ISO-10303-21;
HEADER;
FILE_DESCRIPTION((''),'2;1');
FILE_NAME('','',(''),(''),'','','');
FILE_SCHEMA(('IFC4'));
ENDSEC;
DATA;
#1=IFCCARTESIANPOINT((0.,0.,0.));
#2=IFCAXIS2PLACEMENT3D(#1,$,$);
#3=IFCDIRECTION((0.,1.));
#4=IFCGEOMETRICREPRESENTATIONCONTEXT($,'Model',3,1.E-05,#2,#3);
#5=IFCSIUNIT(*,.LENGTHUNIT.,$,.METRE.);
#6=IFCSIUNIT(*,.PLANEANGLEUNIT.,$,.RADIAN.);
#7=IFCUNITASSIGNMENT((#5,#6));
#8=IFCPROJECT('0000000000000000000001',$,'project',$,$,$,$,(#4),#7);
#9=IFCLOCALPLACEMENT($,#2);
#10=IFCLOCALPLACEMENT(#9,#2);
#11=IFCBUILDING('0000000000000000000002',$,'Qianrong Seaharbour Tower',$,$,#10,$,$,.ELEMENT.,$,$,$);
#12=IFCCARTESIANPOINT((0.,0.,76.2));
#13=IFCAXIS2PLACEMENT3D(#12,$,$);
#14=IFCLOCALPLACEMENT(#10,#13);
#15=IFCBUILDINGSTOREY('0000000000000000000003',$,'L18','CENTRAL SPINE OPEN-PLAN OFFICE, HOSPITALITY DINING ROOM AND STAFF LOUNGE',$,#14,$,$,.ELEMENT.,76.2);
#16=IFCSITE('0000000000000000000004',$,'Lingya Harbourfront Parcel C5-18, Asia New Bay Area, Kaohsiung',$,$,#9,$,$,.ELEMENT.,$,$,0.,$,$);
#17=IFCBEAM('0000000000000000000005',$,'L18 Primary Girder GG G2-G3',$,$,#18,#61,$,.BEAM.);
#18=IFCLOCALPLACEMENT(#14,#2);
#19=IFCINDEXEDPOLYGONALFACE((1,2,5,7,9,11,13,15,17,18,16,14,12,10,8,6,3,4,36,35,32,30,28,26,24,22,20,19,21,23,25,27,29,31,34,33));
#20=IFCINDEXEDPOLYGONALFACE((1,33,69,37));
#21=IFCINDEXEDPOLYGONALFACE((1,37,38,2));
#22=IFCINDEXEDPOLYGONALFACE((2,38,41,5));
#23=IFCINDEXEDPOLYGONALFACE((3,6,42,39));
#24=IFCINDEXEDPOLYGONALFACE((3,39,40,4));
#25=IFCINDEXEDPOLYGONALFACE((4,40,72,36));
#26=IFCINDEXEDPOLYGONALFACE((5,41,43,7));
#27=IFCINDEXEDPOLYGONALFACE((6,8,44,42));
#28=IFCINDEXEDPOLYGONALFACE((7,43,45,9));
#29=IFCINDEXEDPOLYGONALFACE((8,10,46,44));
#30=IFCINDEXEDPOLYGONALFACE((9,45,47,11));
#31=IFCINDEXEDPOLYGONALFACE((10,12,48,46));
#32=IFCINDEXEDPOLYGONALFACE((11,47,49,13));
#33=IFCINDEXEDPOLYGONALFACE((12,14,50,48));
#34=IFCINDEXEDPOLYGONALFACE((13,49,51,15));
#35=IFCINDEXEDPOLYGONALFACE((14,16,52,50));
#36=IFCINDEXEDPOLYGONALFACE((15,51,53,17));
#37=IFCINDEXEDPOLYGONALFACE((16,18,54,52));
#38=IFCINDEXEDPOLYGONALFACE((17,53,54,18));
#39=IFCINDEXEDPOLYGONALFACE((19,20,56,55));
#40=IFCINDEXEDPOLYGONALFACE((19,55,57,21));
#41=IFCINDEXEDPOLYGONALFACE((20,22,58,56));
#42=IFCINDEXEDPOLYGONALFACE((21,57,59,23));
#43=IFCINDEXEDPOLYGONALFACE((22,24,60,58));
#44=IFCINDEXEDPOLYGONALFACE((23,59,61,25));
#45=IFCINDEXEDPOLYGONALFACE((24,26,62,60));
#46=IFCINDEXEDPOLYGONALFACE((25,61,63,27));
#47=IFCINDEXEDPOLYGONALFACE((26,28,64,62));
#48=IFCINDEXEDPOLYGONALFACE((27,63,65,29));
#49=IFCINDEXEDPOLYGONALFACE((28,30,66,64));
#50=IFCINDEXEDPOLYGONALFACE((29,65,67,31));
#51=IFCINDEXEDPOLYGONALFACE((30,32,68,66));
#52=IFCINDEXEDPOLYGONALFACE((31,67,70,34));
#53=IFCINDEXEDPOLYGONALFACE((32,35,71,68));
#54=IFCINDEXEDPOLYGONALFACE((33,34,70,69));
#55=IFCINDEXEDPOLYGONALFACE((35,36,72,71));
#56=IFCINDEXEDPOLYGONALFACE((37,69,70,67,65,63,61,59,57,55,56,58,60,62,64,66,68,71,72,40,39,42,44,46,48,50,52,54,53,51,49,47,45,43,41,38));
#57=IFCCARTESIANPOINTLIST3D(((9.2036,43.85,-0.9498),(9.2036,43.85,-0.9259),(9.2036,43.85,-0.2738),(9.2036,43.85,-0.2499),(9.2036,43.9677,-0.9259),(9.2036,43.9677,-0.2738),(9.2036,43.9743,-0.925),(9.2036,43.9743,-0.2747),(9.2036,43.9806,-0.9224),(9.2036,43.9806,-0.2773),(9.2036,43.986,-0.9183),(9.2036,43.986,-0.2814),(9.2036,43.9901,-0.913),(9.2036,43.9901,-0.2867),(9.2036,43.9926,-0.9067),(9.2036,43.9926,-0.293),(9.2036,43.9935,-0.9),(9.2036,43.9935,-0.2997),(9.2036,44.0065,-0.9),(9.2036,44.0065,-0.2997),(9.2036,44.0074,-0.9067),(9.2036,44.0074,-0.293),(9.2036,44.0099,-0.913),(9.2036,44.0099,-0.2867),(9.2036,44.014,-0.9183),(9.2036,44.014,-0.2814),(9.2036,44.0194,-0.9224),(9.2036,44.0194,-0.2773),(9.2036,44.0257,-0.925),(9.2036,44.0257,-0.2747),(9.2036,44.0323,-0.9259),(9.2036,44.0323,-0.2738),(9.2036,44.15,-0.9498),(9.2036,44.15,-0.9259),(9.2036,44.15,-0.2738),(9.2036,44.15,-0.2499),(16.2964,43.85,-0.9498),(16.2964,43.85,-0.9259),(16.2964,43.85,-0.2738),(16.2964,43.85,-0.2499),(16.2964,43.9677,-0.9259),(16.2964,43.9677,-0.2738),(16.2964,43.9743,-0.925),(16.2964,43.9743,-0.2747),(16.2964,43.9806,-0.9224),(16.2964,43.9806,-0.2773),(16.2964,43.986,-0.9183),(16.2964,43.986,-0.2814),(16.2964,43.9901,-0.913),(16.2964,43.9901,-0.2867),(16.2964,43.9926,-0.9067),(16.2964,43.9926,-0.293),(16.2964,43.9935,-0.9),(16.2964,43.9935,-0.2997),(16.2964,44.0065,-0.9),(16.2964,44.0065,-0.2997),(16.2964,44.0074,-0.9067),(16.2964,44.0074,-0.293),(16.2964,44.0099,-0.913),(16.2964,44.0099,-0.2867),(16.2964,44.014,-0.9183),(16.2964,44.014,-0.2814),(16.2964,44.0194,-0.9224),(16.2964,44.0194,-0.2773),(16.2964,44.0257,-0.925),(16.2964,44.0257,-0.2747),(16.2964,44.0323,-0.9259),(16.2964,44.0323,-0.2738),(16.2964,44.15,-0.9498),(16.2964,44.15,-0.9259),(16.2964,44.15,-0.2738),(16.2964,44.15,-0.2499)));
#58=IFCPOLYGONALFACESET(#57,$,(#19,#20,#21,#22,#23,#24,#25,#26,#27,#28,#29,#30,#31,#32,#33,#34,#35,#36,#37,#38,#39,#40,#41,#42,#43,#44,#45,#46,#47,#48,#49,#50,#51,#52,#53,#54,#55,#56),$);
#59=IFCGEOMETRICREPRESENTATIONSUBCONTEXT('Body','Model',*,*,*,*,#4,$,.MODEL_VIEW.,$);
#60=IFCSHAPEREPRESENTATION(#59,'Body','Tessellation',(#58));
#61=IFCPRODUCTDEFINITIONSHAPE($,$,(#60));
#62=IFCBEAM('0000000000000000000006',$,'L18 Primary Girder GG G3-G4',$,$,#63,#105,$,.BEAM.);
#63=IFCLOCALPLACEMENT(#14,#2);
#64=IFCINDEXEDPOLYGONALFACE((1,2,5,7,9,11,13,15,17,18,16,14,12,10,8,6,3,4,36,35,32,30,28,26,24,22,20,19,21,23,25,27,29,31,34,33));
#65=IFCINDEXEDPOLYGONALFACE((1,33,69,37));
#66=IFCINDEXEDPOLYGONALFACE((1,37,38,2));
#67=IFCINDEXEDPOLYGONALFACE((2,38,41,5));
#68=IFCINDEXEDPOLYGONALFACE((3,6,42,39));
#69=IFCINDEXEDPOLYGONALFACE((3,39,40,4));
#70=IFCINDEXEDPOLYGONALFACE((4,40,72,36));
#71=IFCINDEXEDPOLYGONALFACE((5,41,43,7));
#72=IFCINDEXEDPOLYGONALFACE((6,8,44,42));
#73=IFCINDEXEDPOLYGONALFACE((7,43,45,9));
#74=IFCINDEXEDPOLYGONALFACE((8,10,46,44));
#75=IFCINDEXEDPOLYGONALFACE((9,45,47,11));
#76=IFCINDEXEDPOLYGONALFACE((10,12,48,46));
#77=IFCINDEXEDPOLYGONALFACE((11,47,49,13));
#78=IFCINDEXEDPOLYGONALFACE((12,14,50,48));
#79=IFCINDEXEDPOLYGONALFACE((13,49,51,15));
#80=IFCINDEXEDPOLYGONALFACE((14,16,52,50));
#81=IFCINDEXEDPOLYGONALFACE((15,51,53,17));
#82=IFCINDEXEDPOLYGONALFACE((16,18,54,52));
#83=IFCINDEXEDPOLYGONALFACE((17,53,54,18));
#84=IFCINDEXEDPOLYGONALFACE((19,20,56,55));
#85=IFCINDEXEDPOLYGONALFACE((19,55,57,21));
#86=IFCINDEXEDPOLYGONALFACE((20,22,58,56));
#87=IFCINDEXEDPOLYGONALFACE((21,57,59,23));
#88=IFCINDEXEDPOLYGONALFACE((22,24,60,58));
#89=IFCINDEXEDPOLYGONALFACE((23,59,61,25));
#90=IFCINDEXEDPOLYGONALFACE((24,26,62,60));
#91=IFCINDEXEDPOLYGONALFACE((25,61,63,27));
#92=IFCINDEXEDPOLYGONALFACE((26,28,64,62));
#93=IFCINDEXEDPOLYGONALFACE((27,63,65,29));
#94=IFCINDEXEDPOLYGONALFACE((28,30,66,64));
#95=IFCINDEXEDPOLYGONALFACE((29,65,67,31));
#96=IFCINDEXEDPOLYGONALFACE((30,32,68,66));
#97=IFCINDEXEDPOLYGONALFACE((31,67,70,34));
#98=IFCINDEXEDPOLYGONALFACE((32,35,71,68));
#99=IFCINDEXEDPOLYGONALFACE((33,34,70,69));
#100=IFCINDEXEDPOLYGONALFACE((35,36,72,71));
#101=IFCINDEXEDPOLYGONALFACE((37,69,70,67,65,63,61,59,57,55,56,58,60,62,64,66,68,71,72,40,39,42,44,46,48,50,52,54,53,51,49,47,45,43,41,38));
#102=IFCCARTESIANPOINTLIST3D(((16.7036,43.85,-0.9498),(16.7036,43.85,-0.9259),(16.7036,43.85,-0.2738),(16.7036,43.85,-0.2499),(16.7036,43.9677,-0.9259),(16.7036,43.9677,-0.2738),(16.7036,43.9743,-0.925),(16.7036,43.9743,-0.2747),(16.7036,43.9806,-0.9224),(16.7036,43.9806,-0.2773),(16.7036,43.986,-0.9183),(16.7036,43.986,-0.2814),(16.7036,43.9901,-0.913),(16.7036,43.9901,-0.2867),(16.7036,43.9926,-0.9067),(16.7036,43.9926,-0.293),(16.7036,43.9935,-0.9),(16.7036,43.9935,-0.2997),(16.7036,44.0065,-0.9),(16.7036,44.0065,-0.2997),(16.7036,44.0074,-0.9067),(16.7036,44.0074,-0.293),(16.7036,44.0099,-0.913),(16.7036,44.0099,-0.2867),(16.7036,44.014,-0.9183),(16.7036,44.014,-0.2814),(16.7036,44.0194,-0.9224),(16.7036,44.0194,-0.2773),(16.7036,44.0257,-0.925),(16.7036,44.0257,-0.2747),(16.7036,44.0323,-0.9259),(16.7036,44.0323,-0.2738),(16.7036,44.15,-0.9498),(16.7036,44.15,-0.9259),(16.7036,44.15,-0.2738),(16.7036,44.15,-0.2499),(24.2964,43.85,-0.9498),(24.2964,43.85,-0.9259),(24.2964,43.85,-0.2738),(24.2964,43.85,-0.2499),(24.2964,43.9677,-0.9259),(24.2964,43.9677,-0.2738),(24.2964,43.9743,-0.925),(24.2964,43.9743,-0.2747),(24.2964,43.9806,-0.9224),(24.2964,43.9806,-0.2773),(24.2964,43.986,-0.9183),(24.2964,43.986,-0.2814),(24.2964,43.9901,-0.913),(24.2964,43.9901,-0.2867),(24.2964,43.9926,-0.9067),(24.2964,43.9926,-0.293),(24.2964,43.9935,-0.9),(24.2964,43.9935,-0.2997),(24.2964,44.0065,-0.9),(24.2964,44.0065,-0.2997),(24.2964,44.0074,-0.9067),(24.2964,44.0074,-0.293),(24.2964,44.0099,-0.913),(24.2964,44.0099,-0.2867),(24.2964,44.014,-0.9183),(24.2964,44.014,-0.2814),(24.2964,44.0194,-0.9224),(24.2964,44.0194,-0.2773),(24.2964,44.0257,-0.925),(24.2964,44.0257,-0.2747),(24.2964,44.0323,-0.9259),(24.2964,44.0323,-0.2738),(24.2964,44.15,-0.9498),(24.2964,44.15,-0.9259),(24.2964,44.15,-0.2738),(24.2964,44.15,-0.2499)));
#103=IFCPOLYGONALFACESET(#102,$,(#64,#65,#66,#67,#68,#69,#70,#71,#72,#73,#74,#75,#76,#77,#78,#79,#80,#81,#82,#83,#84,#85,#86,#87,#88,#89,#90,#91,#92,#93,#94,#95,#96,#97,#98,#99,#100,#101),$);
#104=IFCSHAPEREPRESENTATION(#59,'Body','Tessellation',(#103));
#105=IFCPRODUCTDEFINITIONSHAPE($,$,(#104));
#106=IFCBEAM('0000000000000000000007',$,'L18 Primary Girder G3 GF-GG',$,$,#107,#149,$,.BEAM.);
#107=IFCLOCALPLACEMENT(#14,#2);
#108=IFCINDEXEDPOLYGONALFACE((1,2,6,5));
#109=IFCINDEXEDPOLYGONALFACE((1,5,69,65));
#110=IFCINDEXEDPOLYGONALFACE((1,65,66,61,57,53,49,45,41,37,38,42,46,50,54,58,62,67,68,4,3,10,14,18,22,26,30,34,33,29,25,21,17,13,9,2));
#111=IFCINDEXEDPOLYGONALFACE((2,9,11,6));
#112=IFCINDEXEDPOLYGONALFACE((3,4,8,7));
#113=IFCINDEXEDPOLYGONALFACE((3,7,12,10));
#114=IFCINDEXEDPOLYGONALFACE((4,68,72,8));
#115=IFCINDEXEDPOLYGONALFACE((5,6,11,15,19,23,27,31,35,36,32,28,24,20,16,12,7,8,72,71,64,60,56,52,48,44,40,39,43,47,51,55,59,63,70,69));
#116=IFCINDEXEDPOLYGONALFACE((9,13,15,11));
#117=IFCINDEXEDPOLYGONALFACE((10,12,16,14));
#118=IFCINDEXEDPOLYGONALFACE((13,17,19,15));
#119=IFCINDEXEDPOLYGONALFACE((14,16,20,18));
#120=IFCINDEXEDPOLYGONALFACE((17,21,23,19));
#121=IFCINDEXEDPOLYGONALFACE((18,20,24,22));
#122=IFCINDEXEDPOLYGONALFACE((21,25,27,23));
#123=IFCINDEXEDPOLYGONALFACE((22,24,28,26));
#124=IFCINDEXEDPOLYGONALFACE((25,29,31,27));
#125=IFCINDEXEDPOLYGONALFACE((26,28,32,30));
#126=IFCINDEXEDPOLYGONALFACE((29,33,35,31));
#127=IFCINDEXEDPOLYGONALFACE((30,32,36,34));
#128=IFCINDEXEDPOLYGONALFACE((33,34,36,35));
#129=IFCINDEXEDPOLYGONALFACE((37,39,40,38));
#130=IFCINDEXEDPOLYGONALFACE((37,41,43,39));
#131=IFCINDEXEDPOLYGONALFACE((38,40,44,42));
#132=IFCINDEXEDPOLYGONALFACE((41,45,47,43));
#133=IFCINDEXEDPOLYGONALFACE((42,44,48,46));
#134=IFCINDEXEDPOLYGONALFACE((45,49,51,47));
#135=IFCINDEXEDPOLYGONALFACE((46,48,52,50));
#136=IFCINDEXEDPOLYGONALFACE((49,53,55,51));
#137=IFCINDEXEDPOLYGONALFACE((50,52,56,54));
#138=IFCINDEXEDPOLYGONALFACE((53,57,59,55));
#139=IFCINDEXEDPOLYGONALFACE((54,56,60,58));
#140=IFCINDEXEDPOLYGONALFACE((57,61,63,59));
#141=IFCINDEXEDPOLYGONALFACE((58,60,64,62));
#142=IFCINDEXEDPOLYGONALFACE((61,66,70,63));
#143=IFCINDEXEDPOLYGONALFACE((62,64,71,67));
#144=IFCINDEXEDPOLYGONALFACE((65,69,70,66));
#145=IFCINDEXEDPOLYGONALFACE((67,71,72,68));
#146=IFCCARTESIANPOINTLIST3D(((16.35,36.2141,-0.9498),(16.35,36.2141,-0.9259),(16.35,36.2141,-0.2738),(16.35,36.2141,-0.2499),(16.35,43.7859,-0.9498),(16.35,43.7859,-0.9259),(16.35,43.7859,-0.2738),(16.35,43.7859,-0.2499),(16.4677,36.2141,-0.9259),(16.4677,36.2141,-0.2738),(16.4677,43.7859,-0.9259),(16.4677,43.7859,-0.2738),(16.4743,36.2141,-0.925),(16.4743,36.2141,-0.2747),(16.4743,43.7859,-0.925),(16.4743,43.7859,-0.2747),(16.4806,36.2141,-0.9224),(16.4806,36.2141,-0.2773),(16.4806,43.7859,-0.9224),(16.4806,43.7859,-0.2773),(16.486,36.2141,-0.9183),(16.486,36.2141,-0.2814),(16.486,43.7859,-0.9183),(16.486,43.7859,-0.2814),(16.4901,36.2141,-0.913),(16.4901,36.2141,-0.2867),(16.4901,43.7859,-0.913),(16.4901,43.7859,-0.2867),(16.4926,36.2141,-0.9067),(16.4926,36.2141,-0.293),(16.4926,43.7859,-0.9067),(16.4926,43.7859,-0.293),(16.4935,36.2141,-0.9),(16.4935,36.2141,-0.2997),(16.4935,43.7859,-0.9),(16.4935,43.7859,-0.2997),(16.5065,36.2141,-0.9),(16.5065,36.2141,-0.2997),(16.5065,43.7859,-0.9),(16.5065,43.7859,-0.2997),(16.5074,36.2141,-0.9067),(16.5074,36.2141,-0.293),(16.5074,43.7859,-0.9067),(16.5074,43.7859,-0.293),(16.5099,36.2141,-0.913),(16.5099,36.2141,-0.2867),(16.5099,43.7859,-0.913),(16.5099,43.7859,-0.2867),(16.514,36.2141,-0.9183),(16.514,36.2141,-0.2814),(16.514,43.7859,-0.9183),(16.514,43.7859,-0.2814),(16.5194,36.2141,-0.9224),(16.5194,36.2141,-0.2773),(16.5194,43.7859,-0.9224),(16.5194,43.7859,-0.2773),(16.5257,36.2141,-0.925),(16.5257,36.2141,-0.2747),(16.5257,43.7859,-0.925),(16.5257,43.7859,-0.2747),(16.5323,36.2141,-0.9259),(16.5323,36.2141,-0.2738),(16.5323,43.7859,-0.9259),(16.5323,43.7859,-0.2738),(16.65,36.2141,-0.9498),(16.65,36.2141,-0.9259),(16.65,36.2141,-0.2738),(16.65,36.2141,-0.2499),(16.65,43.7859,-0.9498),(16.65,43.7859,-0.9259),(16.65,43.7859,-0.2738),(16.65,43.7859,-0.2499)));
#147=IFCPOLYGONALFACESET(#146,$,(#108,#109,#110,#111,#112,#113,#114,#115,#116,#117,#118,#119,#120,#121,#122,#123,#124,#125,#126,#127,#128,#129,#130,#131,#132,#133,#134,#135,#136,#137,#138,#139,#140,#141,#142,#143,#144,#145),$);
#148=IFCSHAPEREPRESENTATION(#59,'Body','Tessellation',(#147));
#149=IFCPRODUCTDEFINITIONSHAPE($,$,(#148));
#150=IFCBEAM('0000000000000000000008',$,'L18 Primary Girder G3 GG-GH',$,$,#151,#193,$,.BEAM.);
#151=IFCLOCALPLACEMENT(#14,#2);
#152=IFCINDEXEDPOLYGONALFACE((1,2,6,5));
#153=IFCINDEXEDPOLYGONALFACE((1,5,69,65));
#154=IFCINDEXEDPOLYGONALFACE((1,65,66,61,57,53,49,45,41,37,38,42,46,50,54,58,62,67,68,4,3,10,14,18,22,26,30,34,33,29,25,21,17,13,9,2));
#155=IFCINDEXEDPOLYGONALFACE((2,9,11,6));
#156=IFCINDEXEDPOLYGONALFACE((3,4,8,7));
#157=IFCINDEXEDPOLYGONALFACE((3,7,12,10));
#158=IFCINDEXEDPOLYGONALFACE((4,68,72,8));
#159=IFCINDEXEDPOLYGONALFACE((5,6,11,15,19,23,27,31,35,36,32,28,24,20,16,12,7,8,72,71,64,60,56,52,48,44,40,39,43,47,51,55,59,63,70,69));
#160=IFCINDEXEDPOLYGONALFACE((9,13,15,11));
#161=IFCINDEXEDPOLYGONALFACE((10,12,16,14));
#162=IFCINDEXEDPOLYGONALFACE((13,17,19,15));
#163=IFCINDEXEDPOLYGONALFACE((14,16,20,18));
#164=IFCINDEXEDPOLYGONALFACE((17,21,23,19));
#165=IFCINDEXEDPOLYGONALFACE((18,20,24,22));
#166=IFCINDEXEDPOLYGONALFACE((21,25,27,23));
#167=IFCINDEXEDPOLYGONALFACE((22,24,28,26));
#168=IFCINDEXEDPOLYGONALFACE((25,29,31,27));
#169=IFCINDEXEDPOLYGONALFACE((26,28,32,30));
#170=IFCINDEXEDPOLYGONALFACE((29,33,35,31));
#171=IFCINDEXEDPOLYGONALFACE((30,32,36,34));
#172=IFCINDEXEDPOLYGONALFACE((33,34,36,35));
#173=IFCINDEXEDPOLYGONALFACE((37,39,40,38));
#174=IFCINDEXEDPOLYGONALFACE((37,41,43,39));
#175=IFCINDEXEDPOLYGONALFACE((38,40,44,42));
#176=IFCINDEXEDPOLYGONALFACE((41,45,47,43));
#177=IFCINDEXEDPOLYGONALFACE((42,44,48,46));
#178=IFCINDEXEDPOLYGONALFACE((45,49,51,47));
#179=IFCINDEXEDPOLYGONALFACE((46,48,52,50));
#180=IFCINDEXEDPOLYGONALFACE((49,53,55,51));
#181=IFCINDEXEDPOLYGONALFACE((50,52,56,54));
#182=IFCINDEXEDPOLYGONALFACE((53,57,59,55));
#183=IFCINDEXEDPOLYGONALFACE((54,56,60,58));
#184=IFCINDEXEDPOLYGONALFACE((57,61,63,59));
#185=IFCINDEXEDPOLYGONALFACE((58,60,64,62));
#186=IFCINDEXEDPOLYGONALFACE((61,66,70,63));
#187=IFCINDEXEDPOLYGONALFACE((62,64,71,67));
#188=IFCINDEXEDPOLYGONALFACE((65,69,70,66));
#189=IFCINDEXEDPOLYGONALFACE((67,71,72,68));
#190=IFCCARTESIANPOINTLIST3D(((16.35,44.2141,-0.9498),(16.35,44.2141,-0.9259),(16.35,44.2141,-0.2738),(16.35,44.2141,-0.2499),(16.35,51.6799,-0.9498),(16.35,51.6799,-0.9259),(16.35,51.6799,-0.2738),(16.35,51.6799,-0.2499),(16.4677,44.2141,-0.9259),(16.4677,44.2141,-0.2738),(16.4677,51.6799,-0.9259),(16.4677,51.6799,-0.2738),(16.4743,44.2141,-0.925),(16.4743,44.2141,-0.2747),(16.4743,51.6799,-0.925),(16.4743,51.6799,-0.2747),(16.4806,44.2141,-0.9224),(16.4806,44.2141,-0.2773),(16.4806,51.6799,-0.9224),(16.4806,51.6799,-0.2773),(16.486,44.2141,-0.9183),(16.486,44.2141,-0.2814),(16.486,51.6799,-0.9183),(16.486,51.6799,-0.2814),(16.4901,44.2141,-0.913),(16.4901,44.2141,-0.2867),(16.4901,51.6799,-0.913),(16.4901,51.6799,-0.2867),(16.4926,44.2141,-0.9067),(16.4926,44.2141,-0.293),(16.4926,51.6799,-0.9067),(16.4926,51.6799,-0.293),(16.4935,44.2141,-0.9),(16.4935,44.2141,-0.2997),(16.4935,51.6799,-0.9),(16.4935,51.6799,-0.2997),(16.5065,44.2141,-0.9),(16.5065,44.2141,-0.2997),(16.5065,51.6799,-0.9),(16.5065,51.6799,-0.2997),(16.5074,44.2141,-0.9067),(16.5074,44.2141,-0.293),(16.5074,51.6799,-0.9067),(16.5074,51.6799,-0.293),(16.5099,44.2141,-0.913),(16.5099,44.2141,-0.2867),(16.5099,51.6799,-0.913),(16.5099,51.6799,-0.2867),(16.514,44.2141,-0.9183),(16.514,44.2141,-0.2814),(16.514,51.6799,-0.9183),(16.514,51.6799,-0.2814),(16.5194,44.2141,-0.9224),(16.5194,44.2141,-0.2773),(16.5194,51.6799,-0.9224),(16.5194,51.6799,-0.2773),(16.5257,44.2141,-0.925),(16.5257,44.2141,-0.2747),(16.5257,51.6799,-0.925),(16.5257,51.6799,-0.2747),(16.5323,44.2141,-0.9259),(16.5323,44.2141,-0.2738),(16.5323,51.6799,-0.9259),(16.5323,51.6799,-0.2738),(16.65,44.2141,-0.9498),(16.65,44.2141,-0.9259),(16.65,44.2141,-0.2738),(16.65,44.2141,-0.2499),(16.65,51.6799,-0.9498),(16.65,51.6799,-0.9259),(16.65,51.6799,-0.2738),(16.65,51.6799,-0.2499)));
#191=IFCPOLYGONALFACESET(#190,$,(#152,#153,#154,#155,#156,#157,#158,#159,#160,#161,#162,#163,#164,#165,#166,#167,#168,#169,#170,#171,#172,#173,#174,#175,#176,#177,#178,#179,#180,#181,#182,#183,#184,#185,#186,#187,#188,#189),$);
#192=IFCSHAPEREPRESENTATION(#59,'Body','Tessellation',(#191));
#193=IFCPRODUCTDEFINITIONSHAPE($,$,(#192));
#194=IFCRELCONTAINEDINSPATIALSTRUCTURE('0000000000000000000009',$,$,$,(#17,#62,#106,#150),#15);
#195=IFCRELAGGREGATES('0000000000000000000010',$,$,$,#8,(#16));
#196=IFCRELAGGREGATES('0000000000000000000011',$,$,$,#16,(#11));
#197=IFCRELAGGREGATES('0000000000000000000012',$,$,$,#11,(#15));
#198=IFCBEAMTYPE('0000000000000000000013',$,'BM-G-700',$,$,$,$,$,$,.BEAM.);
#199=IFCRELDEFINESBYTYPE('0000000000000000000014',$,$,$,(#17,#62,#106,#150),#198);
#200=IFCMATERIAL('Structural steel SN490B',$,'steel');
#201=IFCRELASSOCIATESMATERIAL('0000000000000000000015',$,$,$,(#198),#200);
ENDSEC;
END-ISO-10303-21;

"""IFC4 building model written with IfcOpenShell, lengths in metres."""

from ifc_helpers import new_model, si_unit, direction, frame, origin, origin_2d, place, context, subcontext, project, spatial, i_section, extrude, material, material_profile, profile_set, type_object, element, save


model = new_model("IFC4")

# Units and contexts
model_context = context("Model", 3, precision=1e-05, world=origin(), true_north=direction((0.0, 1.0)))
body_context = subcontext(model_context, "Body", "Model", "MODEL_VIEW")
ifc_project = project(units=[si_unit("LENGTHUNIT", "METRE"), si_unit("PLANEANGLEUNIT", "RADIAN")], contexts=[model_context])

# Site, building, storey
site_placement = place(None, origin())
site = spatial("IfcSite", under=ifc_project, at=site_placement, Name="Lingya Harbourfront Parcel C5-18, Asia New Bay Area, Kaohsiung", CompositionType="ELEMENT", RefElevation=0.0)
building_placement = place(site_placement, origin())
building = spatial("IfcBuilding", under=site, at=building_placement, Name="Qianrong Seaharbour Tower", CompositionType="ELEMENT")
storey_placement = place(building_placement, frame((0.0, 0.0, 76.2)))
storey = spatial("IfcBuildingStorey", under=building, at=storey_placement, Name="L18", Description="CENTRAL SPINE OPEN-PLAN OFFICE, HOSPITALITY DINING ROOM AND STAFF LOUNGE", CompositionType="ELEMENT", Elevation=76.2)

# Shared definitions
ifc_material_1 = material(Name="Structural steel SN490B", Category="steel")

# Beams
ifc_material_profile_1 = material_profile(ifc_material_1, i_section(OverallWidth=0.3, OverallDepth=0.7, WebThickness=0.0129, FlangeThickness=0.0239, FilletRadius=0.0259, at=origin_2d()), Name="H700x300x13x24")
ifc_profile_set_1 = profile_set([ifc_material_profile_1], Name="Structural steel SN490B")
beam_type_1 = type_object("IfcBeamType", Name="BM-G-700", PredefinedType="BEAM", material=ifc_profile_set_1)
beam_1_placement = place(storey_placement, frame((9.2036, 44.0, -0.5999), z_axis=(1.0, 0.0, 0.0), x_axis=(0.0, 1.0, 0.0)))
element("IfcBeam", 1, at=beam_1_placement, inside=storey, type_object=beam_type_1, Name="L18 Primary Girder GG G2-G3", PredefinedType="BEAM", context=body_context, shape_type="SweptSolid", body=[
    extrude(i_section(OverallWidth=0.3, OverallDepth=0.7, WebThickness=0.0129, FlangeThickness=0.0239, FilletRadius=0.0259, at=origin_2d()), origin(), (0.0, 0.0, 1.0), 7.0928),
])
beam_2_placement = place(storey_placement, frame((16.7036, 44.0, -0.5999), z_axis=(1.0, 0.0, 0.0), x_axis=(0.0, 1.0, 0.0)))
element("IfcBeam", 2, at=beam_2_placement, inside=storey, type_object=beam_type_1, Name="L18 Primary Girder GG G3-G4", PredefinedType="BEAM", context=body_context, shape_type="SweptSolid", body=[
    extrude(i_section(OverallWidth=0.3, OverallDepth=0.7, WebThickness=0.0129, FlangeThickness=0.0239, FilletRadius=0.0259, at=origin_2d()), origin(), (0.0, 0.0, 1.0), 7.5928),
])
beam_3_placement = place(storey_placement, frame((16.5, 36.2141, -0.5999), z_axis=(0.0, 1.0, 0.0), x_axis=(-1.0, 0.0, 0.0)))
element("IfcBeam", 3, at=beam_3_placement, inside=storey, type_object=beam_type_1, Name="L18 Primary Girder G3 GF-GG", PredefinedType="BEAM", context=body_context, shape_type="SweptSolid", body=[
    extrude(i_section(OverallWidth=0.3, OverallDepth=0.7, WebThickness=0.0129, FlangeThickness=0.0239, FilletRadius=0.0259, at=origin_2d()), origin(), (0.0, 0.0, 1.0), 7.5718),
])
beam_4_placement = place(storey_placement, frame((16.5, 44.2141, -0.5999), z_axis=(0.0, 1.0, 0.0), x_axis=(-1.0, 0.0, 0.0)))
element("IfcBeam", 4, at=beam_4_placement, inside=storey, type_object=beam_type_1, Name="L18 Primary Girder G3 GG-GH", PredefinedType="BEAM", context=body_context, shape_type="SweptSolid", body=[
    extrude(i_section(OverallWidth=0.3, OverallDepth=0.7, WebThickness=0.0129, FlangeThickness=0.0239, FilletRadius=0.0259, at=origin_2d()), origin(), (0.0, 0.0, 1.0), 7.4658),
])

save(model, "model.ifc")
